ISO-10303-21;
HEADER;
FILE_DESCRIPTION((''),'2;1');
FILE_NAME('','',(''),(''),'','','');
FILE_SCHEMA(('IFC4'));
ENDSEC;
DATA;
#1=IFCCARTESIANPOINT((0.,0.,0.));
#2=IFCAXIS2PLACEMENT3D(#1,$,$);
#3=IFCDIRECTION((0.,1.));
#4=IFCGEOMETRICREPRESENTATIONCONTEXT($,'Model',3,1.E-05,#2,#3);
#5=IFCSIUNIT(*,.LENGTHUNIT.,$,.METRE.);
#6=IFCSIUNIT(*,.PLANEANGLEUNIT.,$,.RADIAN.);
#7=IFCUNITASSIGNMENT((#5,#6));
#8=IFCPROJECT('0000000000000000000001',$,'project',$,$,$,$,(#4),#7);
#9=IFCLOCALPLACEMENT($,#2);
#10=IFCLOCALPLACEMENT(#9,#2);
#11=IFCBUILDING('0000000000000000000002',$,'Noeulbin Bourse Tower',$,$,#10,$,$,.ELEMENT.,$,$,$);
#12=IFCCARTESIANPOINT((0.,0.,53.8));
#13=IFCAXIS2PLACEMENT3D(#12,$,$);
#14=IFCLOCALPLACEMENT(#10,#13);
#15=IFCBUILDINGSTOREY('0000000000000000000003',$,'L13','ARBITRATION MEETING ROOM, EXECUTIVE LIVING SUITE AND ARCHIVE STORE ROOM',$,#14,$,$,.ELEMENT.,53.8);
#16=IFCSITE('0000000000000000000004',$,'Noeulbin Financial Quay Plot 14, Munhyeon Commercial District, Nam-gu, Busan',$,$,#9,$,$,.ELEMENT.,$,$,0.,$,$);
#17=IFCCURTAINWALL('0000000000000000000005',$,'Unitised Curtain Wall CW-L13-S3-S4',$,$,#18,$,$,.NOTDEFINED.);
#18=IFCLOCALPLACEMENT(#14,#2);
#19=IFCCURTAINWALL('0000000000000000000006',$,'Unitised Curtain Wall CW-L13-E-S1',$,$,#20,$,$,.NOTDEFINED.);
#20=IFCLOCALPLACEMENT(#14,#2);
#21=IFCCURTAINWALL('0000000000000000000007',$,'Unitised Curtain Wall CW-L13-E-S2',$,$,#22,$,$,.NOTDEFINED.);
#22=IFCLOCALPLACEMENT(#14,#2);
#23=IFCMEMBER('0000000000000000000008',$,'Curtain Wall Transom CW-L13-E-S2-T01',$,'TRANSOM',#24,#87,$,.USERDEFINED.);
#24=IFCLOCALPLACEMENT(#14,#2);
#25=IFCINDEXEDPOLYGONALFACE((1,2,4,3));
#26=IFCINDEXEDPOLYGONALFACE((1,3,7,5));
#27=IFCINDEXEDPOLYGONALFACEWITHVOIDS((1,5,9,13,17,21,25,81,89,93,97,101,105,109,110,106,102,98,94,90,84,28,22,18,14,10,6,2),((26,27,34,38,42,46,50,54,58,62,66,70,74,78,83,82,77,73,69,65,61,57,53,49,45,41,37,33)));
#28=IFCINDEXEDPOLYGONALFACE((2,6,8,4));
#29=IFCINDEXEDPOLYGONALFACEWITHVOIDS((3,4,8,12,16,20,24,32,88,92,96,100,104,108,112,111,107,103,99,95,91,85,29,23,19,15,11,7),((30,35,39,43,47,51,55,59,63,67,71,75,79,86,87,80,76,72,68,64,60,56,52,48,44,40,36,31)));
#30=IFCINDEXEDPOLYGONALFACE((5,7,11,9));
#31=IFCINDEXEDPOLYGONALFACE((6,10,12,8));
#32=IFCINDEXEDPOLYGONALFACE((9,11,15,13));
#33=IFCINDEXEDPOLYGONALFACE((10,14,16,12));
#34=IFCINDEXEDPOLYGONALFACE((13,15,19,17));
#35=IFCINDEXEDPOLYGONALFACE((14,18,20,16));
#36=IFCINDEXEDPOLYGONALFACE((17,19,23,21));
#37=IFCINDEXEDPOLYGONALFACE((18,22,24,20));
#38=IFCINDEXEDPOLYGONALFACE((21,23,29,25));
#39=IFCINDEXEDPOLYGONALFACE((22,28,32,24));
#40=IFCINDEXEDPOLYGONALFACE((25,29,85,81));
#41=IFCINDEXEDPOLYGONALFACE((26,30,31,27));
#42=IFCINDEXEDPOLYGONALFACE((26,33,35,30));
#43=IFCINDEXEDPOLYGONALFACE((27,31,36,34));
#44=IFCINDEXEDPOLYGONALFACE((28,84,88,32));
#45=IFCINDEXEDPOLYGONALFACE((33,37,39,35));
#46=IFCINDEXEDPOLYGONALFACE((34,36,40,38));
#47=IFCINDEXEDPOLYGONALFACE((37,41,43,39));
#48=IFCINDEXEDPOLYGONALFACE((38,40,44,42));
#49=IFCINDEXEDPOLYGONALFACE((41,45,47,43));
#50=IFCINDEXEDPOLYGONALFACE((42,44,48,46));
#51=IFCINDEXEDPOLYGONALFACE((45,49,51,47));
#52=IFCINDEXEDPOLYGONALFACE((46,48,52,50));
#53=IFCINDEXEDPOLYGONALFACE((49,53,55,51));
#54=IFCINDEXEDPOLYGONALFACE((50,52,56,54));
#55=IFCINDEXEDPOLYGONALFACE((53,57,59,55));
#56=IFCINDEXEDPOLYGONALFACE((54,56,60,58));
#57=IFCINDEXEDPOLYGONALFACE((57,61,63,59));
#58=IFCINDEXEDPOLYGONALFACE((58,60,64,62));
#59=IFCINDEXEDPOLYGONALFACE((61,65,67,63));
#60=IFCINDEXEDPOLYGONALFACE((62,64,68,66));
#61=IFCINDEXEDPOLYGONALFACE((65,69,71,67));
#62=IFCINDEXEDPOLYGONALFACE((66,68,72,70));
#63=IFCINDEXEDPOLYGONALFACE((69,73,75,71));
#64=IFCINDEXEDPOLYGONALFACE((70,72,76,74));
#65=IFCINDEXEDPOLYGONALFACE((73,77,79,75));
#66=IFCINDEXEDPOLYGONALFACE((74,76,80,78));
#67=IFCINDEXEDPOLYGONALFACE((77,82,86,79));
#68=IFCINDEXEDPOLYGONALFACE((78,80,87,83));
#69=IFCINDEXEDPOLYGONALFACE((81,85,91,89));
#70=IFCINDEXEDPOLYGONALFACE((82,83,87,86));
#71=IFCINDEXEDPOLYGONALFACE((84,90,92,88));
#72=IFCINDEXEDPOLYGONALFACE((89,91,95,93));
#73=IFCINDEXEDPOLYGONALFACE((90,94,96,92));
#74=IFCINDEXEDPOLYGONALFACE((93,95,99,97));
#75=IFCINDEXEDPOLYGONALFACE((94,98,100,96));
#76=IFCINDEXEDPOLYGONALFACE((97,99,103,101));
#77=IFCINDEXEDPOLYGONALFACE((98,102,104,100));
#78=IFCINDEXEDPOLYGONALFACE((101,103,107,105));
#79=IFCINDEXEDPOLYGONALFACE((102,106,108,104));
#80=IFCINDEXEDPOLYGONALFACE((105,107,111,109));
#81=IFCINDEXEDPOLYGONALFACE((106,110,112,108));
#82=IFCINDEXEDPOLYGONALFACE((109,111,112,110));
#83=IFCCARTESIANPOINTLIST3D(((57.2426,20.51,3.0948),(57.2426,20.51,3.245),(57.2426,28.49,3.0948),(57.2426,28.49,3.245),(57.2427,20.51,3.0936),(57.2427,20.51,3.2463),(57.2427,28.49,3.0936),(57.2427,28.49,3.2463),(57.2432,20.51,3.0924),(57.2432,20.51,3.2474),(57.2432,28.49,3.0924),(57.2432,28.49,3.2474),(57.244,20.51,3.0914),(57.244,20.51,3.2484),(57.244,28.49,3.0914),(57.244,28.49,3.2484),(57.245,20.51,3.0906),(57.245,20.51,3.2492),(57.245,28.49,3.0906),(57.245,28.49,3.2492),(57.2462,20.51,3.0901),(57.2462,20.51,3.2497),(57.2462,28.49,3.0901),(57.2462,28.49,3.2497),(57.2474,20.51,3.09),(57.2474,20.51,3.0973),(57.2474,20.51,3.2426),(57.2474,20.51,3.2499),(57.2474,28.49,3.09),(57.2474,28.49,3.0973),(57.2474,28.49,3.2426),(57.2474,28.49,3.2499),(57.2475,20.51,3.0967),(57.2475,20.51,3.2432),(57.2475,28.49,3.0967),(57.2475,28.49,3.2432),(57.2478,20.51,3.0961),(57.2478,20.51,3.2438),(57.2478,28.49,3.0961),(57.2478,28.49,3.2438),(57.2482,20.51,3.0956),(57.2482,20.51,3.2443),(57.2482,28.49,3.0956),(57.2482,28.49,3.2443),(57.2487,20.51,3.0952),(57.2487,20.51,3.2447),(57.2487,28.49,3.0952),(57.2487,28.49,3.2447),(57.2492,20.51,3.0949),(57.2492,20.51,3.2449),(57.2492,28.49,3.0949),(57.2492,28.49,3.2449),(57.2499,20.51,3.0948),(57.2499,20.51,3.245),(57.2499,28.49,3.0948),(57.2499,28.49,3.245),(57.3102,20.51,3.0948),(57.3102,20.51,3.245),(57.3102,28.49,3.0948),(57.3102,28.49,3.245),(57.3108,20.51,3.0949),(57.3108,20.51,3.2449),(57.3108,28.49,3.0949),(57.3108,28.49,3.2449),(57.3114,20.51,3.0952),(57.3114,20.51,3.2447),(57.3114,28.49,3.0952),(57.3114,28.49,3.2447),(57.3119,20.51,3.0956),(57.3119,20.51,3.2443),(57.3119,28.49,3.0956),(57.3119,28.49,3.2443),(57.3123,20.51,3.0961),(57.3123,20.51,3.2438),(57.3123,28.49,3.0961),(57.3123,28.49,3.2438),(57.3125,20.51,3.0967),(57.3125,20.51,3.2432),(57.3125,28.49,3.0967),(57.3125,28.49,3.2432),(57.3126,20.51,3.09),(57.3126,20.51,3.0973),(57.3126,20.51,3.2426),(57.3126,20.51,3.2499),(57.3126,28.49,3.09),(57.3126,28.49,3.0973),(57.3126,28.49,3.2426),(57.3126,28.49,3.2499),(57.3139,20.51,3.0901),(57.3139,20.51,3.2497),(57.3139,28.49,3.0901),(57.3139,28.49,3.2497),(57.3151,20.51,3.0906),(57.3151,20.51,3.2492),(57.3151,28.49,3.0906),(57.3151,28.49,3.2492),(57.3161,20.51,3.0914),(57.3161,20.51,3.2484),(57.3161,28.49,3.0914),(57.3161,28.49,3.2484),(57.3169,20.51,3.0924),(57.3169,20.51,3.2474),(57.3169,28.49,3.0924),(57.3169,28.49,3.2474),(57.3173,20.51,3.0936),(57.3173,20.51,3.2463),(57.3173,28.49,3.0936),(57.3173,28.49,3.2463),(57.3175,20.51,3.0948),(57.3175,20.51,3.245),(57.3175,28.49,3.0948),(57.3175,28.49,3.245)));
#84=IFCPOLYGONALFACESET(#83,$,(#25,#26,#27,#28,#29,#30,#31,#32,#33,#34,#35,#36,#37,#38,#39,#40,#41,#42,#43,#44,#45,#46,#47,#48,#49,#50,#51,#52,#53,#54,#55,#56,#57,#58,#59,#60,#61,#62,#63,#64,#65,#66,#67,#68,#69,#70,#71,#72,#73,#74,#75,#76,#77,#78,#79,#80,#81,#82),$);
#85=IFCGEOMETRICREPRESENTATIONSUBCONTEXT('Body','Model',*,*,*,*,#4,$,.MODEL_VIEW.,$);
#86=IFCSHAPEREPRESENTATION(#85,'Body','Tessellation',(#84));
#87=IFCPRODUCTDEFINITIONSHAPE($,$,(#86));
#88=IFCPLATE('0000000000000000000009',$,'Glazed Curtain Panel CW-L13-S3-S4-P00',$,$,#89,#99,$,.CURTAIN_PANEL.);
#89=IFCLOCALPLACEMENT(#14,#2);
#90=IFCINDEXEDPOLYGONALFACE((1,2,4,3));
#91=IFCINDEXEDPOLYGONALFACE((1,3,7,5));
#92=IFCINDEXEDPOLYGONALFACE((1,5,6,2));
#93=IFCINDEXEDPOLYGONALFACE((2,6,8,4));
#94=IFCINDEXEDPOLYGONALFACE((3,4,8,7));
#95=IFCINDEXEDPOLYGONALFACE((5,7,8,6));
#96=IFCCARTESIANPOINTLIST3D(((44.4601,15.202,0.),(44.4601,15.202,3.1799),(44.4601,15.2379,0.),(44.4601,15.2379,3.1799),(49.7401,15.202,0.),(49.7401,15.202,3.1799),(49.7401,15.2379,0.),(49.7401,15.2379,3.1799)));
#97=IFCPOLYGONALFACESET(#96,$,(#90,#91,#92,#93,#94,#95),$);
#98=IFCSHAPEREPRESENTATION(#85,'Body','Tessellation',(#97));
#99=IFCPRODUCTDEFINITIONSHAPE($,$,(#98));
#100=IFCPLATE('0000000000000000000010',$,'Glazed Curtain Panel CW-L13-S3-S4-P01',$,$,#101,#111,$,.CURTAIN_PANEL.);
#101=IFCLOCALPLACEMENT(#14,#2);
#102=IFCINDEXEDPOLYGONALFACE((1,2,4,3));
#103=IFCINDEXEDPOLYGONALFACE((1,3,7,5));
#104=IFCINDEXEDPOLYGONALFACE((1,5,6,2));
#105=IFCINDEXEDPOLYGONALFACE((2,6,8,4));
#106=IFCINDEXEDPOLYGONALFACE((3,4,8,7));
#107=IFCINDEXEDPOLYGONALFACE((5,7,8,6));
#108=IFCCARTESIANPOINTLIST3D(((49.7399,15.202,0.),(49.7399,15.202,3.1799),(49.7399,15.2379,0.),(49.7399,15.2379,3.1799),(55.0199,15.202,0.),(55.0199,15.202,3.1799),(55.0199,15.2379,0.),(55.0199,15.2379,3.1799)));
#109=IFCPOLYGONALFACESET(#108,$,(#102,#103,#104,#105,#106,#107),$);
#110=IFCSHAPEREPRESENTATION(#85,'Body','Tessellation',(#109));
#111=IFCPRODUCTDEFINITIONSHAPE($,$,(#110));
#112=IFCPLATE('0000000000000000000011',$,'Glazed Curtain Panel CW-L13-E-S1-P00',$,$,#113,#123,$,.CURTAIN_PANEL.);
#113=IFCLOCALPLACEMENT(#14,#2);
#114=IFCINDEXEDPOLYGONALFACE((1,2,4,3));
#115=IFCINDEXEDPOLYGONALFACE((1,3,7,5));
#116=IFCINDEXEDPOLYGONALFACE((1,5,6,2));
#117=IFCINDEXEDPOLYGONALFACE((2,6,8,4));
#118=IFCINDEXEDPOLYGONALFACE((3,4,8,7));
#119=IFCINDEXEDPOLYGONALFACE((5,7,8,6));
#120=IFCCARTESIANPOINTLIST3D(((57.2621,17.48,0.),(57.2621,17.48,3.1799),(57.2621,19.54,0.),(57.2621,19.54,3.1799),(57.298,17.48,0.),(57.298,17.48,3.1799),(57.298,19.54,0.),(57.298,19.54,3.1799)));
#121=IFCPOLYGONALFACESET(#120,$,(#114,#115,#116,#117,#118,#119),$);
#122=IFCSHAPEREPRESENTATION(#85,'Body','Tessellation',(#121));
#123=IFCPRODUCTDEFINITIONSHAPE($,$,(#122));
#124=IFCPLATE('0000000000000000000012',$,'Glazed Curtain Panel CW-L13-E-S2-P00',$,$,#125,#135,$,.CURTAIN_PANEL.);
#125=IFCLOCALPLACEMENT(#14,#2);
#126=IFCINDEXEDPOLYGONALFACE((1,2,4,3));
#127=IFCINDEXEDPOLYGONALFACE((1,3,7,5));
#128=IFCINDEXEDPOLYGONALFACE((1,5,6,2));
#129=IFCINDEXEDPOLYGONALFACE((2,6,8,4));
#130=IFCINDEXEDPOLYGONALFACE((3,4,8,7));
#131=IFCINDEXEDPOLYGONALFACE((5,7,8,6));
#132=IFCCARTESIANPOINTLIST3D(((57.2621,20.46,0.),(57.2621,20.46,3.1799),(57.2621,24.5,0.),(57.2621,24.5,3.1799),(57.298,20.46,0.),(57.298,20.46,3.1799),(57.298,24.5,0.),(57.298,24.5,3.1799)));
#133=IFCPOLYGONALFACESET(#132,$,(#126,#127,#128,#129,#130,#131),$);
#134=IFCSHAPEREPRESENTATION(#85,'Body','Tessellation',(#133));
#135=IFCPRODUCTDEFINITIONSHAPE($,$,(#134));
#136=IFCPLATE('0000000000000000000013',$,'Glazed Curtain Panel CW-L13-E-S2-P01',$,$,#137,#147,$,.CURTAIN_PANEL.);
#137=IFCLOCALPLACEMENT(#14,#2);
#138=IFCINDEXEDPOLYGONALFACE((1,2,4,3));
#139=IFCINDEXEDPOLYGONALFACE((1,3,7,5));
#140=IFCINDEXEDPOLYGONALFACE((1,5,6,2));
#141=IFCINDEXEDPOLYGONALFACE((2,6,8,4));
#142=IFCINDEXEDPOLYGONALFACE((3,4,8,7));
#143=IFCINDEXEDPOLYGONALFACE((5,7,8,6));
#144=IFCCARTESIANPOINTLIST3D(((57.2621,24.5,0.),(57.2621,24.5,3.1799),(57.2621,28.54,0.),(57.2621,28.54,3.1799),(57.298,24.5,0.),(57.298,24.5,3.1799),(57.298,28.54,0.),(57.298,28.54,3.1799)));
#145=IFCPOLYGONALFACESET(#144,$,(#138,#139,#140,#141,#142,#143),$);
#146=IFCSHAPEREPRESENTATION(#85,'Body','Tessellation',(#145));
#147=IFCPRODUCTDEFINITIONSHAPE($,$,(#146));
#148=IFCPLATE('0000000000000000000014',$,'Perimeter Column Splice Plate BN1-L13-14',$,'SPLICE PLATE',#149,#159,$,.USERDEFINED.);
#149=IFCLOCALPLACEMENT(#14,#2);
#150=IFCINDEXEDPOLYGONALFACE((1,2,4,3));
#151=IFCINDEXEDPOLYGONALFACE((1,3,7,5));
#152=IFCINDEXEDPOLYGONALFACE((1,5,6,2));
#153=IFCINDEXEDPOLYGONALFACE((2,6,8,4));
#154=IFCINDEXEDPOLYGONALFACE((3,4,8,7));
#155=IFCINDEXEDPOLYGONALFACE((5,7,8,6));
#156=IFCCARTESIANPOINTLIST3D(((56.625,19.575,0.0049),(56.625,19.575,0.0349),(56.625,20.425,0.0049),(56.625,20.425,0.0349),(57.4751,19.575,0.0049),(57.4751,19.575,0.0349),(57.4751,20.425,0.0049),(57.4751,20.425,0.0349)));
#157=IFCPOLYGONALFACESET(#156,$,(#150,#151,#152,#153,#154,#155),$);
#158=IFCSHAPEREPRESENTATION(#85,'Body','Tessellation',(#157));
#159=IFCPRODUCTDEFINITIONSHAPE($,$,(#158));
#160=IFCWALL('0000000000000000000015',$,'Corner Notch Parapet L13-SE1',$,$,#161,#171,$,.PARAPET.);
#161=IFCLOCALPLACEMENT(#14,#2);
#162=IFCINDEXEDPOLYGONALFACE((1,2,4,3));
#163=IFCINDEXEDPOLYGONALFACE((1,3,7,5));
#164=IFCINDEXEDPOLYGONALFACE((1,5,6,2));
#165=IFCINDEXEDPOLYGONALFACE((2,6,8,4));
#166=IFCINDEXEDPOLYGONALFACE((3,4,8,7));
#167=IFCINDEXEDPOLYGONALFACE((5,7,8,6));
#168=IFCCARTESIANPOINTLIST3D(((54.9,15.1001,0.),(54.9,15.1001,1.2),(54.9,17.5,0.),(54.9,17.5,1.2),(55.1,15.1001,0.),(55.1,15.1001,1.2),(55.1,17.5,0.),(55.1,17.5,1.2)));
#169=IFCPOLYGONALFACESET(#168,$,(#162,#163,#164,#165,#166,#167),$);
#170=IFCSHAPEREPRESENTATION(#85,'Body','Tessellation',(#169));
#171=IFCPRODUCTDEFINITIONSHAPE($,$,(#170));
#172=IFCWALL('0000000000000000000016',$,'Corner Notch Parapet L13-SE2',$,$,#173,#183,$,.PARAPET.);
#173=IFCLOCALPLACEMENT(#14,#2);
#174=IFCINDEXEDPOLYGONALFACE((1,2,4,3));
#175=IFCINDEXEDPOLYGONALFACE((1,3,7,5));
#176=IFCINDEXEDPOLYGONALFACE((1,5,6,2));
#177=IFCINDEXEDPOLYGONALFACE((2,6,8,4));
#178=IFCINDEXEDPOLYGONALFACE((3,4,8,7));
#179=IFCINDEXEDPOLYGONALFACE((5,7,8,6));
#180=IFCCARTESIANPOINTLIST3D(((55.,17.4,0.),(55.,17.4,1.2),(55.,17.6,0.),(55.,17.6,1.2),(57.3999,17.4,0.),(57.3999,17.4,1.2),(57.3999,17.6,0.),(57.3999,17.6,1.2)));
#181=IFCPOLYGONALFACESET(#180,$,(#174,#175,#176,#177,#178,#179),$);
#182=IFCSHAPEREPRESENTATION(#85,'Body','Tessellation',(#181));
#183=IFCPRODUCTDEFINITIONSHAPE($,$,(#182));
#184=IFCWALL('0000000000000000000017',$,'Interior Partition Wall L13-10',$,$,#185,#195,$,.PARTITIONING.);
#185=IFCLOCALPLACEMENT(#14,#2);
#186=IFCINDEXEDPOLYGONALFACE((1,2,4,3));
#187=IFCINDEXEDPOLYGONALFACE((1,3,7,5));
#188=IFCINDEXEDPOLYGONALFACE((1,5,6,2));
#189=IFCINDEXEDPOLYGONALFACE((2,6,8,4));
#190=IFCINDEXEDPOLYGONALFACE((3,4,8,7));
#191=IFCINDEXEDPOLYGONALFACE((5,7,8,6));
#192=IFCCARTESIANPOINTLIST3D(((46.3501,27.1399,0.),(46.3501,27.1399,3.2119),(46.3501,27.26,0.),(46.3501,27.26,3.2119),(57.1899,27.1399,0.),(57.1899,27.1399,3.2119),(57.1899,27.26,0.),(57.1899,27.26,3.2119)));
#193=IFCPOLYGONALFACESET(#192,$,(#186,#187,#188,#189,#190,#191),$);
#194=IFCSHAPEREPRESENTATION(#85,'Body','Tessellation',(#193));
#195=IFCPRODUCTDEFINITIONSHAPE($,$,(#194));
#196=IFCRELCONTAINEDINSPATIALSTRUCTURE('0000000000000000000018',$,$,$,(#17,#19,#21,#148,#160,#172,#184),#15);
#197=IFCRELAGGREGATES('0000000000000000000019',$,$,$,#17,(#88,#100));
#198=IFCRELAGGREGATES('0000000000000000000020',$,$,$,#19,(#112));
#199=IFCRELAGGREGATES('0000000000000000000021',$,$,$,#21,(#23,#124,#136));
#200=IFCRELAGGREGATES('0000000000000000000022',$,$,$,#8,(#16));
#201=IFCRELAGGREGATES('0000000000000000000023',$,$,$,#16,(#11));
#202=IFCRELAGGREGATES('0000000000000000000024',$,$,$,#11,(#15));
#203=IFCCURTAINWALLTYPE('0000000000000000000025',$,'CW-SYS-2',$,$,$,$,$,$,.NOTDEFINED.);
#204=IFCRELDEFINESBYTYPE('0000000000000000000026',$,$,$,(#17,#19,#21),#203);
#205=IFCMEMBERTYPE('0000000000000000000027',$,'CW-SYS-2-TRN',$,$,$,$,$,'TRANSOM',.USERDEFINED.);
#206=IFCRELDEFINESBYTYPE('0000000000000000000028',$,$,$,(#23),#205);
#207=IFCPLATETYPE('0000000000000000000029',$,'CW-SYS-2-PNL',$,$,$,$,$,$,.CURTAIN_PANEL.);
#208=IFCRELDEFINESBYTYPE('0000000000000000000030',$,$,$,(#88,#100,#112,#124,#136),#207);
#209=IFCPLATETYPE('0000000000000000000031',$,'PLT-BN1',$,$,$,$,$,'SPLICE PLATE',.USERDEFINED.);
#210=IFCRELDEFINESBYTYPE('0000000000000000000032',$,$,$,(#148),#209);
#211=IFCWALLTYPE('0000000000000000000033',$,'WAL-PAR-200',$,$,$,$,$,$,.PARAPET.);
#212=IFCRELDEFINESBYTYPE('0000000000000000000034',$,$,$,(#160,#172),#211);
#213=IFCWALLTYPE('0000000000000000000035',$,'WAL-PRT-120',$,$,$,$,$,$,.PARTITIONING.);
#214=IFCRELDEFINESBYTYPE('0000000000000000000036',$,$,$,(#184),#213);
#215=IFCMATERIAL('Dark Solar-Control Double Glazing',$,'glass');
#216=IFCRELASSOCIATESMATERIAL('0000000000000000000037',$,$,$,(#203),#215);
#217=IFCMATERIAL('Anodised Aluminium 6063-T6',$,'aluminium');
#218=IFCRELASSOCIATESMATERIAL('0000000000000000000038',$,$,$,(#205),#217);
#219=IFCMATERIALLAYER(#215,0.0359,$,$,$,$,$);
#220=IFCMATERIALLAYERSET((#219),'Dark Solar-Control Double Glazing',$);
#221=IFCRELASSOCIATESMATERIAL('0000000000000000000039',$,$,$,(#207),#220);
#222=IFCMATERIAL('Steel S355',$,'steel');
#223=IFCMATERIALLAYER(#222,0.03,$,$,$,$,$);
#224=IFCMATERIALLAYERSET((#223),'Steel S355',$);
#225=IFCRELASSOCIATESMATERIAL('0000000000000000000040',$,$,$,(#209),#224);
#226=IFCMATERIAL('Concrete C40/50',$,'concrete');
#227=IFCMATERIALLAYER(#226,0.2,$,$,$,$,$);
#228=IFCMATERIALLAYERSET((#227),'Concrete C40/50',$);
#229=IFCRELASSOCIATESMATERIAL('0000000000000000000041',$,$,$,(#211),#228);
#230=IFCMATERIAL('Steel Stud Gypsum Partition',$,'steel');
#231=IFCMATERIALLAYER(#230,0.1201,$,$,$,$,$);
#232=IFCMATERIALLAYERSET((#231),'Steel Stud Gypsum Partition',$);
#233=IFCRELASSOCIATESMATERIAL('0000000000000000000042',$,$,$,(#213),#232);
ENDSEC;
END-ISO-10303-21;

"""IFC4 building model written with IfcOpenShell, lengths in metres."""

from ifc_helpers import new_model, si_unit, direction, frame, frame_2d, origin, origin_2d, place, context, subcontext, project, spatial, rectangle, hollow_rectangle, extrude, material, layer, layer_set, material_profile, profile_set, type_object, element, aggregate, save


model = new_model("IFC4")

# Units and contexts
model_context = context("Model", 3, precision=1e-05, world=origin(), true_north=direction((0.0, 1.0)))
body_context = subcontext(model_context, "Body", "Model", "MODEL_VIEW")
ifc_project = project(units=[si_unit("LENGTHUNIT", "METRE"), si_unit("PLANEANGLEUNIT", "RADIAN")], contexts=[model_context])

# Site, building, storey
site_placement = place(None, origin())
site = spatial("IfcSite", under=ifc_project, at=site_placement, Name="Noeulbin Financial Quay Plot 14, Munhyeon Commercial District, Nam-gu, Busan", CompositionType="ELEMENT", RefElevation=0.0)
building_placement = place(site_placement, origin())
building = spatial("IfcBuilding", under=site, at=building_placement, Name="Noeulbin Bourse Tower", CompositionType="ELEMENT")
storey_placement = place(building_placement, frame((0.0, 0.0, 53.8)))
storey = spatial("IfcBuildingStorey", under=building, at=storey_placement, Name="L13", Description="ARBITRATION MEETING ROOM, EXECUTIVE LIVING SUITE AND ARCHIVE STORE ROOM", CompositionType="ELEMENT", Elevation=53.8)

# Curtain walls
ifc_material_1 = material(Name="Dark Solar-Control Double Glazing", Category="glass")
curtain_wall_type = type_object("IfcCurtainWallType", Name="CW-SYS-2", PredefinedType="NOTDEFINED", material=ifc_material_1)
curtain_wall_1_placement = place(storey_placement, origin())
curtain_wall_1 = element("IfcCurtainWall", 1, at=curtain_wall_1_placement, inside=storey, type_object=curtain_wall_type, Name="Unitised Curtain Wall CW-L13-S3-S4", PredefinedType="NOTDEFINED")
ifc_material_2 = material(Name="Anodised Aluminium 6063-T6", Category="aluminium")
curtain_wall_2_placement = place(storey_placement, origin())
curtain_wall_2 = element("IfcCurtainWall", 2, at=curtain_wall_2_placement, inside=storey, type_object=curtain_wall_type, Name="Unitised Curtain Wall CW-L13-E-S1", PredefinedType="NOTDEFINED")
curtain_wall_3_placement = place(storey_placement, origin())
curtain_wall_3 = element("IfcCurtainWall", 3, at=curtain_wall_3_placement, inside=storey, type_object=curtain_wall_type, Name="Unitised Curtain Wall CW-L13-E-S2", PredefinedType="NOTDEFINED")

# Member
ifc_material_profile_1 = material_profile(ifc_material_2, hollow_rectangle(XDim=0.075, YDim=0.1599, WallThickness=0.0049, InnerFilletRadius=0.0024, OuterFilletRadius=0.0049, at=origin_2d()), Name="ALU-TRAN-75x160x5", Category="LoadBearing")
ifc_profile_set_1 = profile_set([ifc_material_profile_1], Name="Anodised Aluminium 6063-T6")
member_type_1 = type_object("IfcMemberType", Name="CW-SYS-2-TRN", ElementType="TRANSOM", PredefinedType="USERDEFINED", material=ifc_profile_set_1)
member_1_placement = place(storey_placement, frame((57.28, 20.51, 3.1699), z_axis=(0.0, 1.0, 0.0), x_axis=(-1.0, 0.0, 0.0)))
member_1 = element("IfcMember", 4, at=member_1_placement, type_object=member_type_1, Name="Curtain Wall Transom CW-L13-E-S2-T01", ObjectType="TRANSOM", PredefinedType="USERDEFINED", context=body_context, shape_type="SweptSolid", body=[
    extrude(hollow_rectangle(XDim=0.075, YDim=0.1599, WallThickness=0.0049, InnerFilletRadius=0.0024, OuterFilletRadius=0.0049, at=origin_2d()), origin(), (0.0, 0.0, 1.0), 7.98),
])

# Plates
ifc_layer_1 = layer(ifc_material_1, 0.0359)
ifc_layer_set_1 = layer_set([ifc_layer_1], Name="Dark Solar-Control Double Glazing")
plate_type_1 = type_object("IfcPlateType", Name="CW-SYS-2-PNL", PredefinedType="CURTAIN_PANEL", material=ifc_layer_set_1)
plate_1_placement = place(storey_placement, frame((47.1001, 15.22, 0.0), z_axis=(0.0, 0.0, 1.0), x_axis=(1.0, 0.0, 0.0)))
plate_1 = element("IfcPlate", 5, at=plate_1_placement, type_object=plate_type_1, Name="Glazed Curtain Panel CW-L13-S3-S4-P00", PredefinedType="CURTAIN_PANEL", context=body_context, shape_type="SweptSolid", body=[
    extrude(rectangle(XDim=5.28, YDim=0.0359, at=origin_2d()), origin(), (0.0, 0.0, 1.0), 3.1799),
])
plate_2_placement = place(storey_placement, frame((52.3799, 15.22, 0.0), z_axis=(0.0, 0.0, 1.0), x_axis=(1.0, 0.0, 0.0)))
plate_2 = element("IfcPlate", 6, at=plate_2_placement, type_object=plate_type_1, Name="Glazed Curtain Panel CW-L13-S3-S4-P01", PredefinedType="CURTAIN_PANEL", context=body_context, shape_type="SweptSolid", body=[
    extrude(rectangle(XDim=5.28, YDim=0.0359, at=origin_2d()), origin(), (0.0, 0.0, 1.0), 3.1799),
])
aggregate(curtain_wall_1, [plate_1, plate_2])
plate_3_placement = place(storey_placement, frame((57.28, 18.51, 0.0), z_axis=(0.0, 0.0, 1.0), x_axis=(0.0, 1.0, 0.0)))
plate_3 = element("IfcPlate", 7, at=plate_3_placement, type_object=plate_type_1, Name="Glazed Curtain Panel CW-L13-E-S1-P00", PredefinedType="CURTAIN_PANEL", context=body_context, shape_type="SweptSolid", body=[
    extrude(rectangle(XDim=2.0601, YDim=0.0359, at=origin_2d()), origin(), (0.0, 0.0, 1.0), 3.1799),
])
aggregate(curtain_wall_2, [plate_3])
plate_4_placement = place(storey_placement, frame((57.28, 22.48, 0.0), z_axis=(0.0, 0.0, 1.0), x_axis=(0.0, 1.0, 0.0)))
plate_4 = element("IfcPlate", 8, at=plate_4_placement, type_object=plate_type_1, Name="Glazed Curtain Panel CW-L13-E-S2-P00", PredefinedType="CURTAIN_PANEL", context=body_context, shape_type="SweptSolid", body=[
    extrude(rectangle(XDim=4.04, YDim=0.0359, at=origin_2d()), origin(), (0.0, 0.0, 1.0), 3.1799),
])
plate_5_placement = place(storey_placement, frame((57.28, 26.52, 0.0), z_axis=(0.0, 0.0, 1.0), x_axis=(0.0, 1.0, 0.0)))
plate_5 = element("IfcPlate", 9, at=plate_5_placement, type_object=plate_type_1, Name="Glazed Curtain Panel CW-L13-E-S2-P01", PredefinedType="CURTAIN_PANEL", context=body_context, shape_type="SweptSolid", body=[
    extrude(rectangle(XDim=4.04, YDim=0.0359, at=origin_2d()), origin(), (0.0, 0.0, 1.0), 3.1799),
])
aggregate(curtain_wall_3, [member_1, plate_4, plate_5])
ifc_material_3 = material(Name="Steel S355", Category="steel")
ifc_layer_2 = layer(ifc_material_3, 0.03)
ifc_layer_set_2 = layer_set([ifc_layer_2], Name="Steel S355")
plate_type_2 = type_object("IfcPlateType", Name="PLT-BN1", ElementType="SPLICE PLATE", PredefinedType="USERDEFINED", material=ifc_layer_set_2)
plate_6_placement = place(storey_placement, frame((57.05, 20.0, 0.0049), z_axis=(0.0, 0.0, 1.0), x_axis=(1.0, 0.0, 0.0)))
element("IfcPlate", 10, at=plate_6_placement, inside=storey, type_object=plate_type_2, Name="Perimeter Column Splice Plate BN1-L13-14", ObjectType="SPLICE PLATE", PredefinedType="USERDEFINED", context=body_context, shape_type="SweptSolid", body=[
    extrude(rectangle(XDim=0.8501, YDim=0.8501, at=origin_2d()), origin(), (0.0, 0.0, 1.0), 0.03),
])

# Walls
ifc_material_4 = material(Name="Concrete C40/50", Category="concrete")
ifc_layer_3 = layer(ifc_material_4, 0.2)
ifc_layer_set_3 = layer_set([ifc_layer_3], Name="Concrete C40/50")
wall_type_1 = type_object("IfcWallType", Name="WAL-PAR-200", PredefinedType="PARAPET", material=ifc_layer_set_3)
for number, where, z_axis, x_axis, name in (
    (11, (55.0, 15.1001, 0.0), (0.0, 0.0, 1.0), (0.0, 1.0, 0.0), "Corner Notch Parapet L13-SE1"),
    (12, (55.0, 17.5, 0.0), (0.0, 0.0, 1.0), (1.0, 0.0, 0.0), "Corner Notch Parapet L13-SE2"),
):
    element("IfcWall", number, at=place(storey_placement, frame(where, z_axis=z_axis, x_axis=x_axis)), inside=storey, type_object=wall_type_1, Name=name, PredefinedType="PARAPET", context=body_context, shape_type="SweptSolid", body=[
        extrude(rectangle(XDim=2.3999, YDim=0.2, at=frame_2d((1.2, 0.0))), origin(), (0.0, 0.0, 1.0), 1.2),
    ])
ifc_material_5 = material(Name="Steel Stud Gypsum Partition", Category="steel")
ifc_layer_4 = layer(ifc_material_5, 0.1201)
ifc_layer_set_4 = layer_set([ifc_layer_4], Name="Steel Stud Gypsum Partition")
wall_type_2 = type_object("IfcWallType", Name="WAL-PRT-120", PredefinedType="PARTITIONING", material=ifc_layer_set_4)
wall_1_placement = place(storey_placement, frame((46.3501, 27.2, 0.0), z_axis=(0.0, 0.0, 1.0), x_axis=(1.0, 0.0, 0.0)))
element("IfcWall", 13, at=wall_1_placement, inside=storey, type_object=wall_type_2, Name="Interior Partition Wall L13-10", PredefinedType="PARTITIONING", context=body_context, shape_type="SweptSolid", body=[
    extrude(rectangle(XDim=10.8398, YDim=0.1201, at=frame_2d((5.4199, 0.0))), origin(), (0.0, 0.0, 1.0), 3.2119),
])

save(model, "model.ifc")
